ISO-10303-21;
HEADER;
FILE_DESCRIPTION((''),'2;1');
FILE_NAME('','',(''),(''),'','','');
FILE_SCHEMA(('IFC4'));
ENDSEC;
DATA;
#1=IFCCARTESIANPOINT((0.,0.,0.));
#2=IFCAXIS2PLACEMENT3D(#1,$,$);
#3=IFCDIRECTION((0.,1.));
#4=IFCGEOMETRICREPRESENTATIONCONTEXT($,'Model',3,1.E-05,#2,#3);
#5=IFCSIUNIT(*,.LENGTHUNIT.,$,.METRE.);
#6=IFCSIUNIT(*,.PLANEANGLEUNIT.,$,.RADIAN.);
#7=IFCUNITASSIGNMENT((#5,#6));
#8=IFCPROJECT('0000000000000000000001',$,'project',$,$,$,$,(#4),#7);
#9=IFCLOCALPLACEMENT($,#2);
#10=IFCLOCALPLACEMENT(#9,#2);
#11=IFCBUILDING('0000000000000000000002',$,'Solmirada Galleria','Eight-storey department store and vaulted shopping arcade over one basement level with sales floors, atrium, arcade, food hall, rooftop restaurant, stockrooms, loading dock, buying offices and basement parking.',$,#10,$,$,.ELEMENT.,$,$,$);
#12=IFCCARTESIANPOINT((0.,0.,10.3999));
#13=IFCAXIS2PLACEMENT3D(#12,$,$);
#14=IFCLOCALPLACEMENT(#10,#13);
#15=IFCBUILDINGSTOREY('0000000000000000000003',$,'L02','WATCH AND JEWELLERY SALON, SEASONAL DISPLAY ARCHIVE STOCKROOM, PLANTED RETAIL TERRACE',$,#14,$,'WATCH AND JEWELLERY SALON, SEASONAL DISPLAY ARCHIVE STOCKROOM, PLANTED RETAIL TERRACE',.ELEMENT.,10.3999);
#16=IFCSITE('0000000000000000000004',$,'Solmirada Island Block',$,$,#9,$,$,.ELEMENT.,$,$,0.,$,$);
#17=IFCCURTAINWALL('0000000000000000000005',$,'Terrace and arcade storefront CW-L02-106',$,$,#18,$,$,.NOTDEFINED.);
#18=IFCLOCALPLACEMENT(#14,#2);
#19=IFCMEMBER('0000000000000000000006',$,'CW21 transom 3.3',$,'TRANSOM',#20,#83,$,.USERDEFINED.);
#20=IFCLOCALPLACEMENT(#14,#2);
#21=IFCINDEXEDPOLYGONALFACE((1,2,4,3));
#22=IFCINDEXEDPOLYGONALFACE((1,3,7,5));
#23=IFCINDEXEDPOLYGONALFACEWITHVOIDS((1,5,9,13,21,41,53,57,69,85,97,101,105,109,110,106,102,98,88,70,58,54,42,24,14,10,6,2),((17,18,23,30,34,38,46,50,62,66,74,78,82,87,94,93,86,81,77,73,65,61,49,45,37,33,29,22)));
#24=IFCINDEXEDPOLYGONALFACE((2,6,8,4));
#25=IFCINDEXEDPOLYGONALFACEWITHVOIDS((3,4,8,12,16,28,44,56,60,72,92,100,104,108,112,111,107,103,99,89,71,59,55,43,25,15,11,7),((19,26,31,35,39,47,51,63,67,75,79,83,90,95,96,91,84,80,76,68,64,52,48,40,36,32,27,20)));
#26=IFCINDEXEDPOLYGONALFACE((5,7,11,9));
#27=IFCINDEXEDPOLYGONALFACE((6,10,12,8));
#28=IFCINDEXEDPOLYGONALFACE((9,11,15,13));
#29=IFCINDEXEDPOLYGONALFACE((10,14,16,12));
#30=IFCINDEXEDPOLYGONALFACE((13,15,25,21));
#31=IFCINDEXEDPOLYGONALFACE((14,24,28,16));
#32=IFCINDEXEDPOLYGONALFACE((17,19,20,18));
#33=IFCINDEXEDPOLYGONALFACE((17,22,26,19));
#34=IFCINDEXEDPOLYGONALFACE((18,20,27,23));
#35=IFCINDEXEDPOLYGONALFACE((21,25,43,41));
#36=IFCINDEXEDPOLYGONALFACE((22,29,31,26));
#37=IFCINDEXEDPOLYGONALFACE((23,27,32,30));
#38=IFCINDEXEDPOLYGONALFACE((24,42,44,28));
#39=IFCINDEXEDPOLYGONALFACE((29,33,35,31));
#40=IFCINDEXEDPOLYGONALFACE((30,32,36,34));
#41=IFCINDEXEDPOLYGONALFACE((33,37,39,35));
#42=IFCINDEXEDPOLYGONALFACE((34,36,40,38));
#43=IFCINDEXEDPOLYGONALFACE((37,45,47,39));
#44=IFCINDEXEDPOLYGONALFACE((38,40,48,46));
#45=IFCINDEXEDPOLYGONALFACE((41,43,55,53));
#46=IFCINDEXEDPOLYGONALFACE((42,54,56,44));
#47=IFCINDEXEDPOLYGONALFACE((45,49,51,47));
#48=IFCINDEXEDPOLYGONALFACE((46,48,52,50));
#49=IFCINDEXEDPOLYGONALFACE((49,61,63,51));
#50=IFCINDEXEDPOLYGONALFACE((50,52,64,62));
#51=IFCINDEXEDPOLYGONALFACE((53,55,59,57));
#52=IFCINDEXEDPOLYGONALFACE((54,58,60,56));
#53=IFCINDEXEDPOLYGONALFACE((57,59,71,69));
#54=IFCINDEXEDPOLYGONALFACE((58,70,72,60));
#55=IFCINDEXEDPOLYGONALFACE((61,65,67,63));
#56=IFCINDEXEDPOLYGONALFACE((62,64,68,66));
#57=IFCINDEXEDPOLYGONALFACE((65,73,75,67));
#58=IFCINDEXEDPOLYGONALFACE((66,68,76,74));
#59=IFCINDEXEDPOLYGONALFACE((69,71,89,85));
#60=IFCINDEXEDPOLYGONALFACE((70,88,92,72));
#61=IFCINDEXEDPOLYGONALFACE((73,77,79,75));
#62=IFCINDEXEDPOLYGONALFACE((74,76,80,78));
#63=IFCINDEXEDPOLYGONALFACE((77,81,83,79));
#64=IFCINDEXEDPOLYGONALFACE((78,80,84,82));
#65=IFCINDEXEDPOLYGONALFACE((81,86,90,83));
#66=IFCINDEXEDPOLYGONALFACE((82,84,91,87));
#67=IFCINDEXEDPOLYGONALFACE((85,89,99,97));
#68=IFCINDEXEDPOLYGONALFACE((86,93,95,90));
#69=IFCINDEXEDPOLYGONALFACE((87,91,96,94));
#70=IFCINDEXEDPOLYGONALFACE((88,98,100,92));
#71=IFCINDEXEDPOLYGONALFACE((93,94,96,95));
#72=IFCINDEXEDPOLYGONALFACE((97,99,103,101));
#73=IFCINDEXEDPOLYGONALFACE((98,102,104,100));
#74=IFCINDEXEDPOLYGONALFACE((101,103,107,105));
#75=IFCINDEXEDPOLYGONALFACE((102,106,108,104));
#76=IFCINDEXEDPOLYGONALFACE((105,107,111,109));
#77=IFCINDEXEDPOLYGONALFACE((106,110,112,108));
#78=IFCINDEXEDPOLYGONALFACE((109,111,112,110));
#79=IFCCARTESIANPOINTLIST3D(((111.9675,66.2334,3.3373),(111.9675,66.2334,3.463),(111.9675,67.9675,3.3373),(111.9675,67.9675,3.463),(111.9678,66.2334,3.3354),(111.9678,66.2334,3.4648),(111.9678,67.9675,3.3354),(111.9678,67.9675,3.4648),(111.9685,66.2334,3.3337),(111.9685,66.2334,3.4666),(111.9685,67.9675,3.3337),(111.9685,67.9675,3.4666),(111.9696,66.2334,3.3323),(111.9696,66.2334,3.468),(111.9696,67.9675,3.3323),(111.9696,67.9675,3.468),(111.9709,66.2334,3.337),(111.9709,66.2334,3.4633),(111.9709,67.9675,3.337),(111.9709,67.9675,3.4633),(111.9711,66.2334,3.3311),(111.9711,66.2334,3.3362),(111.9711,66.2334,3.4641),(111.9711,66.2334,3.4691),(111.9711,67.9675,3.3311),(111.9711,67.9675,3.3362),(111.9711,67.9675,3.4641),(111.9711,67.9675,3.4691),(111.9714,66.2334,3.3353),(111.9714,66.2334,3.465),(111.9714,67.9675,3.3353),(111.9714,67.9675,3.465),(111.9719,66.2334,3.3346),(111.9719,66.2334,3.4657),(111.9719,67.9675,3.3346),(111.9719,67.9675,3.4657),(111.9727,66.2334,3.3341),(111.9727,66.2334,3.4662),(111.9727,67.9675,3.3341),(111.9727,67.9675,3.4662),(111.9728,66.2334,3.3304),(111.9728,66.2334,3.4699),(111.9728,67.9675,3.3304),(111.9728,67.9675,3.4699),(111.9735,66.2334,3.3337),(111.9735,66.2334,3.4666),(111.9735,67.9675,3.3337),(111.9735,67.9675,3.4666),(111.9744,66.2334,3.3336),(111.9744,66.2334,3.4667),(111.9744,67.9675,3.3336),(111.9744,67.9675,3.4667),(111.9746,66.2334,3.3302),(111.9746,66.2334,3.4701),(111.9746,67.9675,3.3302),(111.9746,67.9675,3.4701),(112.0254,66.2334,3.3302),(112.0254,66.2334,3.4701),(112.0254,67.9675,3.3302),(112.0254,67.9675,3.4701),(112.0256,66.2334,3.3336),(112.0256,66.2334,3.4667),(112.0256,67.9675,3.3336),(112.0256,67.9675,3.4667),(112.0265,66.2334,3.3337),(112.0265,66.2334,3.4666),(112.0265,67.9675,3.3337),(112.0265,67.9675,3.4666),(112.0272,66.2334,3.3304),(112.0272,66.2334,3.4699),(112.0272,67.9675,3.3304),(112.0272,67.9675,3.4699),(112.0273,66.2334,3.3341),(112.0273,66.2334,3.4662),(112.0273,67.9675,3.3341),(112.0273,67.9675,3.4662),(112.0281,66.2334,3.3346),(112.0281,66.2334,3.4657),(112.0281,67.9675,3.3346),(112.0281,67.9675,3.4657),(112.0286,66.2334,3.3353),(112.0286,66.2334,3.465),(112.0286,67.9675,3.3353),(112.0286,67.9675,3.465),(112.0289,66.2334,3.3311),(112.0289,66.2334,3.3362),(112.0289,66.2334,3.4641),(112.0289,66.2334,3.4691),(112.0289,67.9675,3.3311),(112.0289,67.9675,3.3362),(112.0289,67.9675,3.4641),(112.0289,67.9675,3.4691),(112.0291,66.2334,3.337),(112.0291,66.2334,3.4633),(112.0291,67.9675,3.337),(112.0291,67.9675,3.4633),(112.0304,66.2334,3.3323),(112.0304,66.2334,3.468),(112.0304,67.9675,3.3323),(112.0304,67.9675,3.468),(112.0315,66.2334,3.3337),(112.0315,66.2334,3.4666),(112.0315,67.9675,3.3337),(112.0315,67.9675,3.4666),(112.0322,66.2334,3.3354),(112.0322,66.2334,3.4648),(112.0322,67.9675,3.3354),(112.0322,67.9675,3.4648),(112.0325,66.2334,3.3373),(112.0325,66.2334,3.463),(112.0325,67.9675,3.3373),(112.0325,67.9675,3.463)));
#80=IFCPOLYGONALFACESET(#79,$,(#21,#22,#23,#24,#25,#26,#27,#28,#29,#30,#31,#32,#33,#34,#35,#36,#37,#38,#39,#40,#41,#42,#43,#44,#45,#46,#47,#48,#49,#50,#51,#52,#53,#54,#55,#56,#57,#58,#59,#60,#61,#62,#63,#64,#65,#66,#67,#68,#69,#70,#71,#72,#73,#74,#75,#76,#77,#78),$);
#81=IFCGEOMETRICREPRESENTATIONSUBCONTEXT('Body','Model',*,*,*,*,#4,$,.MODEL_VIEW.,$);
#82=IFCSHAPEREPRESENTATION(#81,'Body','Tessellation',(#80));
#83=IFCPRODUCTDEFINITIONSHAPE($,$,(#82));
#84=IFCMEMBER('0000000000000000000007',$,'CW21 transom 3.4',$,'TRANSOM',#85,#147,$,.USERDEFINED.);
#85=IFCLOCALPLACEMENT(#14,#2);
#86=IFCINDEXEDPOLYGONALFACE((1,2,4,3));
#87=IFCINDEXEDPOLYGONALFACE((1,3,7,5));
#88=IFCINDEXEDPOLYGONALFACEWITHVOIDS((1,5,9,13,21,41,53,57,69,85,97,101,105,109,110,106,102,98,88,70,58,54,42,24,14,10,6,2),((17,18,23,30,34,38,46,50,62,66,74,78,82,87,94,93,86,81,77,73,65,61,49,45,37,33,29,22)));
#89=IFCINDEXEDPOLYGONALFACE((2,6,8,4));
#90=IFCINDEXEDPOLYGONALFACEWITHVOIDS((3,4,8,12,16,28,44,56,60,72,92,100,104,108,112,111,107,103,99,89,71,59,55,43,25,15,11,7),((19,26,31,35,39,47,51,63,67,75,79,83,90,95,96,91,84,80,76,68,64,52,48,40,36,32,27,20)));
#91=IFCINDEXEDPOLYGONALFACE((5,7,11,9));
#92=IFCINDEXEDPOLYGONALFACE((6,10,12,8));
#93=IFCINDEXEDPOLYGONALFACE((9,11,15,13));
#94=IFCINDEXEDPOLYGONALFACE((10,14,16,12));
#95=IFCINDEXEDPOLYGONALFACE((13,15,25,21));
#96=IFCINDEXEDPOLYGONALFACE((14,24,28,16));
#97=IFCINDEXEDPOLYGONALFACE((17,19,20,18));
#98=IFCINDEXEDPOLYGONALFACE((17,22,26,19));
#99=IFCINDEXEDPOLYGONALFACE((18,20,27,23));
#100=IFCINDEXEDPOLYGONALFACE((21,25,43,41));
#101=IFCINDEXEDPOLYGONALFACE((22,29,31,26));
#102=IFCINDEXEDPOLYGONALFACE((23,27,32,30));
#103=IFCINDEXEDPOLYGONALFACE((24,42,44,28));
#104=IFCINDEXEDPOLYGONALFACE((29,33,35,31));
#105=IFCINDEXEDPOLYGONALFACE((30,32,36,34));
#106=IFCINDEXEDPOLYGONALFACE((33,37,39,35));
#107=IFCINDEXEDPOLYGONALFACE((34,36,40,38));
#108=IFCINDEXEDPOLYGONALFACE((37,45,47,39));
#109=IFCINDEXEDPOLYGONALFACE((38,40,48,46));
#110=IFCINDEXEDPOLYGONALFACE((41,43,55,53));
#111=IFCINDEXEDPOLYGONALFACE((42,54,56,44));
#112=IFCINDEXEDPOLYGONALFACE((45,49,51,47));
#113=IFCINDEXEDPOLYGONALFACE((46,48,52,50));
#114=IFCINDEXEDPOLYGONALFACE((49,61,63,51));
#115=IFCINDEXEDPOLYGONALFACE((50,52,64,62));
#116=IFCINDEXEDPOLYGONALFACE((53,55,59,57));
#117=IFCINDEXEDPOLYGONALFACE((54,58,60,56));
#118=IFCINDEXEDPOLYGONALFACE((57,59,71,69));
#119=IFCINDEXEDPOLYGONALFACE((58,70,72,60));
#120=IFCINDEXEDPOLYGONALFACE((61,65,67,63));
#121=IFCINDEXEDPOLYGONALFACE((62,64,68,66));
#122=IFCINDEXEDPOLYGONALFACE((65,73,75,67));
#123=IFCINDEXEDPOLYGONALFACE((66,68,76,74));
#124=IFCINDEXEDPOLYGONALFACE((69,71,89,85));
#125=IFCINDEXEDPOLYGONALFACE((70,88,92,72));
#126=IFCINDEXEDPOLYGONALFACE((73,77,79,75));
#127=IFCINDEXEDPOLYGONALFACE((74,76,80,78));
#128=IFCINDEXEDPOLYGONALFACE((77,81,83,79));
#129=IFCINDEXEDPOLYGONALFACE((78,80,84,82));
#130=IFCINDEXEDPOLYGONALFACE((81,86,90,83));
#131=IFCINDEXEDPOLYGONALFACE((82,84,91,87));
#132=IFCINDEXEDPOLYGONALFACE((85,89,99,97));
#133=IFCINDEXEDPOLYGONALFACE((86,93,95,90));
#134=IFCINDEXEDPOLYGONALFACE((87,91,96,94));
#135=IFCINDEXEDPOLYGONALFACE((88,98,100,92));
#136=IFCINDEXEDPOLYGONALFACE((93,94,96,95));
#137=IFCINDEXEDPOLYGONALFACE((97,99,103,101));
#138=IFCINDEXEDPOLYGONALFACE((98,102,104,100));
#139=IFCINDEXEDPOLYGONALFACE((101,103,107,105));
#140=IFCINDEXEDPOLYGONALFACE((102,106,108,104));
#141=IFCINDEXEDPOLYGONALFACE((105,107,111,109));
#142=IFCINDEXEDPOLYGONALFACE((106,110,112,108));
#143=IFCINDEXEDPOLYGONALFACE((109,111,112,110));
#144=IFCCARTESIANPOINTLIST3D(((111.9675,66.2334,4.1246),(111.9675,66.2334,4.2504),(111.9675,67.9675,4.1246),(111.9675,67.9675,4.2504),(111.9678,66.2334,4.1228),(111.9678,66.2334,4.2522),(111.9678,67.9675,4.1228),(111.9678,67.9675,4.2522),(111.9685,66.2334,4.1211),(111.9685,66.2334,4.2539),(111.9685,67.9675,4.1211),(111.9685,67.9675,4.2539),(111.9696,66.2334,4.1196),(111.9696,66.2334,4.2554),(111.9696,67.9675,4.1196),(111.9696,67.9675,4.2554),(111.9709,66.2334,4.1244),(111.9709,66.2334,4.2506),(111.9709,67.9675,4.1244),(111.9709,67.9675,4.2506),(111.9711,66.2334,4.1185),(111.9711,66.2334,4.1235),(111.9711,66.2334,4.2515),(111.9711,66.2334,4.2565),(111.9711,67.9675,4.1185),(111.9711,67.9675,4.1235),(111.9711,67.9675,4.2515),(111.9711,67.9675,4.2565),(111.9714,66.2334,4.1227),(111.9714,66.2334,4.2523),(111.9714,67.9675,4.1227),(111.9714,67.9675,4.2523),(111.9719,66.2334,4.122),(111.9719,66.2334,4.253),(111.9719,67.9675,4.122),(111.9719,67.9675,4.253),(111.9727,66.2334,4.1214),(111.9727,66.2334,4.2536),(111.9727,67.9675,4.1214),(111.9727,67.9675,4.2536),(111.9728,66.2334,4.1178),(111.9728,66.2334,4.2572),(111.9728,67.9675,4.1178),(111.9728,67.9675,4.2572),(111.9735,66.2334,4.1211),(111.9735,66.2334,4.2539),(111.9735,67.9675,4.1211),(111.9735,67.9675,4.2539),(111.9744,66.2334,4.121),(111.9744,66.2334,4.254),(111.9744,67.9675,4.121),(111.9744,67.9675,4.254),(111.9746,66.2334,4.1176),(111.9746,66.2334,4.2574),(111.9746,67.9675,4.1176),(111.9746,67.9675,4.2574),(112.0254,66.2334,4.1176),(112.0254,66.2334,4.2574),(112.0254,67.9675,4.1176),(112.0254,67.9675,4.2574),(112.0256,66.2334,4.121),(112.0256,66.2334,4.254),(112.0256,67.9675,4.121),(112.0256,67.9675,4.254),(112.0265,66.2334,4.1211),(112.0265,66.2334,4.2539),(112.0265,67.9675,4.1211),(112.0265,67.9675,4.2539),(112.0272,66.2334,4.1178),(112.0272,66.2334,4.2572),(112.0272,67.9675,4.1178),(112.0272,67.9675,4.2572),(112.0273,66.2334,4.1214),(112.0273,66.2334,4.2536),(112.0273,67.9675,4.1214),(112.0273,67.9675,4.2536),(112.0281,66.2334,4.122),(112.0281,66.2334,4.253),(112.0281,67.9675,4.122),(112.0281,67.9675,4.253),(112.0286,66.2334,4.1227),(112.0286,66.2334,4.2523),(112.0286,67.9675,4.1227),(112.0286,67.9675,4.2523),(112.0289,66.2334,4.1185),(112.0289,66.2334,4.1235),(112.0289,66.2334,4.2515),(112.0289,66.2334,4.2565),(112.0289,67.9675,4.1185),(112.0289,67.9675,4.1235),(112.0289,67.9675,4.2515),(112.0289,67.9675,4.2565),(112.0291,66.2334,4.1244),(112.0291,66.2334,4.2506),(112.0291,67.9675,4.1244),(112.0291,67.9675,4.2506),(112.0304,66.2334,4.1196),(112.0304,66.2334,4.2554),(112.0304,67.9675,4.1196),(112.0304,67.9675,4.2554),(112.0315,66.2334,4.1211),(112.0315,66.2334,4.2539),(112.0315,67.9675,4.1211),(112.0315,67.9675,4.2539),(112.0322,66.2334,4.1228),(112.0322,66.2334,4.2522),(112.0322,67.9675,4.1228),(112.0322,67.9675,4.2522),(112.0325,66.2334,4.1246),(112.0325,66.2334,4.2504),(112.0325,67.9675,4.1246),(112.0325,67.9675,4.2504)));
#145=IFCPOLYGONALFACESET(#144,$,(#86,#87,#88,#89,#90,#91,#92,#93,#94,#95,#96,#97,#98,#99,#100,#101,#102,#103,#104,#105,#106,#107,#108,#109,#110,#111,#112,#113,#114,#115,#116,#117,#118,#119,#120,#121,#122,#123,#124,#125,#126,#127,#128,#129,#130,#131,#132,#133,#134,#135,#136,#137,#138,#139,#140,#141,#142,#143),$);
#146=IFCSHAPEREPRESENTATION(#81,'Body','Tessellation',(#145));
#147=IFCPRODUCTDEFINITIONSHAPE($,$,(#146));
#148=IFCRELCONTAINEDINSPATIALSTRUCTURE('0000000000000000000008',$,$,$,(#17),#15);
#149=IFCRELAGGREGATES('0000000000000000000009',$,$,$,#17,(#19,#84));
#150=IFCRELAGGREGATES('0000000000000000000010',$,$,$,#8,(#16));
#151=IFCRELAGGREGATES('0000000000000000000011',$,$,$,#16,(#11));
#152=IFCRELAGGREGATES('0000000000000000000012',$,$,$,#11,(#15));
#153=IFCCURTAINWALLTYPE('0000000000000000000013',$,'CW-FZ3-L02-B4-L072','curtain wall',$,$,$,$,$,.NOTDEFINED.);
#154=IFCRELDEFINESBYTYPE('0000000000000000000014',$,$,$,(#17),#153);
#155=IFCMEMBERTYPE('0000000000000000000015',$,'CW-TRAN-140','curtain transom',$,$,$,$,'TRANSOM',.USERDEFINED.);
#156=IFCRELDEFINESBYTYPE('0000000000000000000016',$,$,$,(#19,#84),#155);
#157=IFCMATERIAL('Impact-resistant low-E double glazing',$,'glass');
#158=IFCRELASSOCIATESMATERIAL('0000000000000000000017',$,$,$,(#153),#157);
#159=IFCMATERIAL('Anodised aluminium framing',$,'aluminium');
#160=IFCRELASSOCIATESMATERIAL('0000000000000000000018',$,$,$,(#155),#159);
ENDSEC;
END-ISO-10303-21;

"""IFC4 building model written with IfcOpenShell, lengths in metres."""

from ifc_helpers import new_model, si_unit, direction, frame, origin, origin_2d, place, context, subcontext, project, spatial, hollow_rectangle, extrude, material, material_profile, profile_set, type_object, element, aggregate, save


model = new_model("IFC4")

# Units and contexts
model_context = context("Model", 3, precision=1e-05, world=origin(), true_north=direction((0.0, 1.0)))
body_context = subcontext(model_context, "Body", "Model", "MODEL_VIEW")
ifc_project = project(units=[si_unit("LENGTHUNIT", "METRE"), si_unit("PLANEANGLEUNIT", "RADIAN")], contexts=[model_context])

# Site, building, storey
site_placement = place(None, origin())
site = spatial("IfcSite", under=ifc_project, at=site_placement, Name="Solmirada Island Block", CompositionType="ELEMENT", RefElevation=0.0)
building_placement = place(site_placement, origin())
building = spatial("IfcBuilding", under=site, at=building_placement, Name="Solmirada Galleria", Description="Eight-storey department store and vaulted shopping arcade over one basement level with sales floors, atrium, arcade, food hall, rooftop restaurant, stockrooms, loading dock, buying offices and basement parking.", CompositionType="ELEMENT")
storey_placement = place(building_placement, frame((0.0, 0.0, 10.3999)))
storey = spatial("IfcBuildingStorey", under=building, at=storey_placement, Name="L02", Description="WATCH AND JEWELLERY SALON, SEASONAL DISPLAY ARCHIVE STOCKROOM, PLANTED RETAIL TERRACE", LongName="WATCH AND JEWELLERY SALON, SEASONAL DISPLAY ARCHIVE STOCKROOM, PLANTED RETAIL TERRACE", CompositionType="ELEMENT", Elevation=10.3999)

# Curtain wall, members
ifc_material_1 = material(Name="Impact-resistant low-E double glazing", Category="glass")
curtain_wall_type = type_object("IfcCurtainWallType", Name="CW-FZ3-L02-B4-L072", Description="curtain wall", PredefinedType="NOTDEFINED", material=ifc_material_1)
curtain_wall_1_placement = place(storey_placement, origin())
curtain_wall_1 = element("IfcCurtainWall", 1, at=curtain_wall_1_placement, inside=storey, type_object=curtain_wall_type, Name="Terrace and arcade storefront CW-L02-106", PredefinedType="NOTDEFINED")
ifc_material_2 = material(Name="Anodised aluminium framing", Category="aluminium")
ifc_material_profile_1 = material_profile(ifc_material_2, hollow_rectangle(XDim=0.0649, YDim=0.1399, WallThickness=0.0034, InnerFilletRadius=0.0034, OuterFilletRadius=0.0071, at=origin_2d()), Name="ALU-TRAN-140X65")
ifc_profile_set_1 = profile_set([ifc_material_profile_1], Name="Anodised aluminium framing")
member_type_1 = type_object("IfcMemberType", Name="CW-TRAN-140", Description="curtain transom", ElementType="TRANSOM", PredefinedType="USERDEFINED", material=ifc_profile_set_1)
member_1_placement = place(storey_placement, frame((112.0, 67.9675, 3.4001), z_axis=(0.0, -1.0, 0.0), x_axis=(1.0, 0.0, 0.0)))
member_1 = element("IfcMember", 2, at=member_1_placement, type_object=member_type_1, Name="CW21 transom 3.3", ObjectType="TRANSOM", PredefinedType="USERDEFINED", context=body_context, shape_type="SweptSolid", body=[
    extrude(hollow_rectangle(XDim=0.0649, YDim=0.1399, WallThickness=0.0034, InnerFilletRadius=0.0034, OuterFilletRadius=0.0071, at=origin_2d()), origin(), (0.0, 0.0, 1.0), 1.7341),
])
member_2_placement = place(storey_placement, frame((112.0, 67.9675, 4.1875), z_axis=(0.0, -1.0, 0.0), x_axis=(1.0, 0.0, 0.0)))
member_2 = element("IfcMember", 3, at=member_2_placement, type_object=member_type_1, Name="CW21 transom 3.4", ObjectType="TRANSOM", PredefinedType="USERDEFINED", context=body_context, shape_type="SweptSolid", body=[
    extrude(hollow_rectangle(XDim=0.0649, YDim=0.1399, WallThickness=0.0034, InnerFilletRadius=0.0034, OuterFilletRadius=0.0071, at=origin_2d()), origin(), (0.0, 0.0, 1.0), 1.7341),
])

aggregate(curtain_wall_1, [member_1, member_2])

save(model, "model.ifc")
